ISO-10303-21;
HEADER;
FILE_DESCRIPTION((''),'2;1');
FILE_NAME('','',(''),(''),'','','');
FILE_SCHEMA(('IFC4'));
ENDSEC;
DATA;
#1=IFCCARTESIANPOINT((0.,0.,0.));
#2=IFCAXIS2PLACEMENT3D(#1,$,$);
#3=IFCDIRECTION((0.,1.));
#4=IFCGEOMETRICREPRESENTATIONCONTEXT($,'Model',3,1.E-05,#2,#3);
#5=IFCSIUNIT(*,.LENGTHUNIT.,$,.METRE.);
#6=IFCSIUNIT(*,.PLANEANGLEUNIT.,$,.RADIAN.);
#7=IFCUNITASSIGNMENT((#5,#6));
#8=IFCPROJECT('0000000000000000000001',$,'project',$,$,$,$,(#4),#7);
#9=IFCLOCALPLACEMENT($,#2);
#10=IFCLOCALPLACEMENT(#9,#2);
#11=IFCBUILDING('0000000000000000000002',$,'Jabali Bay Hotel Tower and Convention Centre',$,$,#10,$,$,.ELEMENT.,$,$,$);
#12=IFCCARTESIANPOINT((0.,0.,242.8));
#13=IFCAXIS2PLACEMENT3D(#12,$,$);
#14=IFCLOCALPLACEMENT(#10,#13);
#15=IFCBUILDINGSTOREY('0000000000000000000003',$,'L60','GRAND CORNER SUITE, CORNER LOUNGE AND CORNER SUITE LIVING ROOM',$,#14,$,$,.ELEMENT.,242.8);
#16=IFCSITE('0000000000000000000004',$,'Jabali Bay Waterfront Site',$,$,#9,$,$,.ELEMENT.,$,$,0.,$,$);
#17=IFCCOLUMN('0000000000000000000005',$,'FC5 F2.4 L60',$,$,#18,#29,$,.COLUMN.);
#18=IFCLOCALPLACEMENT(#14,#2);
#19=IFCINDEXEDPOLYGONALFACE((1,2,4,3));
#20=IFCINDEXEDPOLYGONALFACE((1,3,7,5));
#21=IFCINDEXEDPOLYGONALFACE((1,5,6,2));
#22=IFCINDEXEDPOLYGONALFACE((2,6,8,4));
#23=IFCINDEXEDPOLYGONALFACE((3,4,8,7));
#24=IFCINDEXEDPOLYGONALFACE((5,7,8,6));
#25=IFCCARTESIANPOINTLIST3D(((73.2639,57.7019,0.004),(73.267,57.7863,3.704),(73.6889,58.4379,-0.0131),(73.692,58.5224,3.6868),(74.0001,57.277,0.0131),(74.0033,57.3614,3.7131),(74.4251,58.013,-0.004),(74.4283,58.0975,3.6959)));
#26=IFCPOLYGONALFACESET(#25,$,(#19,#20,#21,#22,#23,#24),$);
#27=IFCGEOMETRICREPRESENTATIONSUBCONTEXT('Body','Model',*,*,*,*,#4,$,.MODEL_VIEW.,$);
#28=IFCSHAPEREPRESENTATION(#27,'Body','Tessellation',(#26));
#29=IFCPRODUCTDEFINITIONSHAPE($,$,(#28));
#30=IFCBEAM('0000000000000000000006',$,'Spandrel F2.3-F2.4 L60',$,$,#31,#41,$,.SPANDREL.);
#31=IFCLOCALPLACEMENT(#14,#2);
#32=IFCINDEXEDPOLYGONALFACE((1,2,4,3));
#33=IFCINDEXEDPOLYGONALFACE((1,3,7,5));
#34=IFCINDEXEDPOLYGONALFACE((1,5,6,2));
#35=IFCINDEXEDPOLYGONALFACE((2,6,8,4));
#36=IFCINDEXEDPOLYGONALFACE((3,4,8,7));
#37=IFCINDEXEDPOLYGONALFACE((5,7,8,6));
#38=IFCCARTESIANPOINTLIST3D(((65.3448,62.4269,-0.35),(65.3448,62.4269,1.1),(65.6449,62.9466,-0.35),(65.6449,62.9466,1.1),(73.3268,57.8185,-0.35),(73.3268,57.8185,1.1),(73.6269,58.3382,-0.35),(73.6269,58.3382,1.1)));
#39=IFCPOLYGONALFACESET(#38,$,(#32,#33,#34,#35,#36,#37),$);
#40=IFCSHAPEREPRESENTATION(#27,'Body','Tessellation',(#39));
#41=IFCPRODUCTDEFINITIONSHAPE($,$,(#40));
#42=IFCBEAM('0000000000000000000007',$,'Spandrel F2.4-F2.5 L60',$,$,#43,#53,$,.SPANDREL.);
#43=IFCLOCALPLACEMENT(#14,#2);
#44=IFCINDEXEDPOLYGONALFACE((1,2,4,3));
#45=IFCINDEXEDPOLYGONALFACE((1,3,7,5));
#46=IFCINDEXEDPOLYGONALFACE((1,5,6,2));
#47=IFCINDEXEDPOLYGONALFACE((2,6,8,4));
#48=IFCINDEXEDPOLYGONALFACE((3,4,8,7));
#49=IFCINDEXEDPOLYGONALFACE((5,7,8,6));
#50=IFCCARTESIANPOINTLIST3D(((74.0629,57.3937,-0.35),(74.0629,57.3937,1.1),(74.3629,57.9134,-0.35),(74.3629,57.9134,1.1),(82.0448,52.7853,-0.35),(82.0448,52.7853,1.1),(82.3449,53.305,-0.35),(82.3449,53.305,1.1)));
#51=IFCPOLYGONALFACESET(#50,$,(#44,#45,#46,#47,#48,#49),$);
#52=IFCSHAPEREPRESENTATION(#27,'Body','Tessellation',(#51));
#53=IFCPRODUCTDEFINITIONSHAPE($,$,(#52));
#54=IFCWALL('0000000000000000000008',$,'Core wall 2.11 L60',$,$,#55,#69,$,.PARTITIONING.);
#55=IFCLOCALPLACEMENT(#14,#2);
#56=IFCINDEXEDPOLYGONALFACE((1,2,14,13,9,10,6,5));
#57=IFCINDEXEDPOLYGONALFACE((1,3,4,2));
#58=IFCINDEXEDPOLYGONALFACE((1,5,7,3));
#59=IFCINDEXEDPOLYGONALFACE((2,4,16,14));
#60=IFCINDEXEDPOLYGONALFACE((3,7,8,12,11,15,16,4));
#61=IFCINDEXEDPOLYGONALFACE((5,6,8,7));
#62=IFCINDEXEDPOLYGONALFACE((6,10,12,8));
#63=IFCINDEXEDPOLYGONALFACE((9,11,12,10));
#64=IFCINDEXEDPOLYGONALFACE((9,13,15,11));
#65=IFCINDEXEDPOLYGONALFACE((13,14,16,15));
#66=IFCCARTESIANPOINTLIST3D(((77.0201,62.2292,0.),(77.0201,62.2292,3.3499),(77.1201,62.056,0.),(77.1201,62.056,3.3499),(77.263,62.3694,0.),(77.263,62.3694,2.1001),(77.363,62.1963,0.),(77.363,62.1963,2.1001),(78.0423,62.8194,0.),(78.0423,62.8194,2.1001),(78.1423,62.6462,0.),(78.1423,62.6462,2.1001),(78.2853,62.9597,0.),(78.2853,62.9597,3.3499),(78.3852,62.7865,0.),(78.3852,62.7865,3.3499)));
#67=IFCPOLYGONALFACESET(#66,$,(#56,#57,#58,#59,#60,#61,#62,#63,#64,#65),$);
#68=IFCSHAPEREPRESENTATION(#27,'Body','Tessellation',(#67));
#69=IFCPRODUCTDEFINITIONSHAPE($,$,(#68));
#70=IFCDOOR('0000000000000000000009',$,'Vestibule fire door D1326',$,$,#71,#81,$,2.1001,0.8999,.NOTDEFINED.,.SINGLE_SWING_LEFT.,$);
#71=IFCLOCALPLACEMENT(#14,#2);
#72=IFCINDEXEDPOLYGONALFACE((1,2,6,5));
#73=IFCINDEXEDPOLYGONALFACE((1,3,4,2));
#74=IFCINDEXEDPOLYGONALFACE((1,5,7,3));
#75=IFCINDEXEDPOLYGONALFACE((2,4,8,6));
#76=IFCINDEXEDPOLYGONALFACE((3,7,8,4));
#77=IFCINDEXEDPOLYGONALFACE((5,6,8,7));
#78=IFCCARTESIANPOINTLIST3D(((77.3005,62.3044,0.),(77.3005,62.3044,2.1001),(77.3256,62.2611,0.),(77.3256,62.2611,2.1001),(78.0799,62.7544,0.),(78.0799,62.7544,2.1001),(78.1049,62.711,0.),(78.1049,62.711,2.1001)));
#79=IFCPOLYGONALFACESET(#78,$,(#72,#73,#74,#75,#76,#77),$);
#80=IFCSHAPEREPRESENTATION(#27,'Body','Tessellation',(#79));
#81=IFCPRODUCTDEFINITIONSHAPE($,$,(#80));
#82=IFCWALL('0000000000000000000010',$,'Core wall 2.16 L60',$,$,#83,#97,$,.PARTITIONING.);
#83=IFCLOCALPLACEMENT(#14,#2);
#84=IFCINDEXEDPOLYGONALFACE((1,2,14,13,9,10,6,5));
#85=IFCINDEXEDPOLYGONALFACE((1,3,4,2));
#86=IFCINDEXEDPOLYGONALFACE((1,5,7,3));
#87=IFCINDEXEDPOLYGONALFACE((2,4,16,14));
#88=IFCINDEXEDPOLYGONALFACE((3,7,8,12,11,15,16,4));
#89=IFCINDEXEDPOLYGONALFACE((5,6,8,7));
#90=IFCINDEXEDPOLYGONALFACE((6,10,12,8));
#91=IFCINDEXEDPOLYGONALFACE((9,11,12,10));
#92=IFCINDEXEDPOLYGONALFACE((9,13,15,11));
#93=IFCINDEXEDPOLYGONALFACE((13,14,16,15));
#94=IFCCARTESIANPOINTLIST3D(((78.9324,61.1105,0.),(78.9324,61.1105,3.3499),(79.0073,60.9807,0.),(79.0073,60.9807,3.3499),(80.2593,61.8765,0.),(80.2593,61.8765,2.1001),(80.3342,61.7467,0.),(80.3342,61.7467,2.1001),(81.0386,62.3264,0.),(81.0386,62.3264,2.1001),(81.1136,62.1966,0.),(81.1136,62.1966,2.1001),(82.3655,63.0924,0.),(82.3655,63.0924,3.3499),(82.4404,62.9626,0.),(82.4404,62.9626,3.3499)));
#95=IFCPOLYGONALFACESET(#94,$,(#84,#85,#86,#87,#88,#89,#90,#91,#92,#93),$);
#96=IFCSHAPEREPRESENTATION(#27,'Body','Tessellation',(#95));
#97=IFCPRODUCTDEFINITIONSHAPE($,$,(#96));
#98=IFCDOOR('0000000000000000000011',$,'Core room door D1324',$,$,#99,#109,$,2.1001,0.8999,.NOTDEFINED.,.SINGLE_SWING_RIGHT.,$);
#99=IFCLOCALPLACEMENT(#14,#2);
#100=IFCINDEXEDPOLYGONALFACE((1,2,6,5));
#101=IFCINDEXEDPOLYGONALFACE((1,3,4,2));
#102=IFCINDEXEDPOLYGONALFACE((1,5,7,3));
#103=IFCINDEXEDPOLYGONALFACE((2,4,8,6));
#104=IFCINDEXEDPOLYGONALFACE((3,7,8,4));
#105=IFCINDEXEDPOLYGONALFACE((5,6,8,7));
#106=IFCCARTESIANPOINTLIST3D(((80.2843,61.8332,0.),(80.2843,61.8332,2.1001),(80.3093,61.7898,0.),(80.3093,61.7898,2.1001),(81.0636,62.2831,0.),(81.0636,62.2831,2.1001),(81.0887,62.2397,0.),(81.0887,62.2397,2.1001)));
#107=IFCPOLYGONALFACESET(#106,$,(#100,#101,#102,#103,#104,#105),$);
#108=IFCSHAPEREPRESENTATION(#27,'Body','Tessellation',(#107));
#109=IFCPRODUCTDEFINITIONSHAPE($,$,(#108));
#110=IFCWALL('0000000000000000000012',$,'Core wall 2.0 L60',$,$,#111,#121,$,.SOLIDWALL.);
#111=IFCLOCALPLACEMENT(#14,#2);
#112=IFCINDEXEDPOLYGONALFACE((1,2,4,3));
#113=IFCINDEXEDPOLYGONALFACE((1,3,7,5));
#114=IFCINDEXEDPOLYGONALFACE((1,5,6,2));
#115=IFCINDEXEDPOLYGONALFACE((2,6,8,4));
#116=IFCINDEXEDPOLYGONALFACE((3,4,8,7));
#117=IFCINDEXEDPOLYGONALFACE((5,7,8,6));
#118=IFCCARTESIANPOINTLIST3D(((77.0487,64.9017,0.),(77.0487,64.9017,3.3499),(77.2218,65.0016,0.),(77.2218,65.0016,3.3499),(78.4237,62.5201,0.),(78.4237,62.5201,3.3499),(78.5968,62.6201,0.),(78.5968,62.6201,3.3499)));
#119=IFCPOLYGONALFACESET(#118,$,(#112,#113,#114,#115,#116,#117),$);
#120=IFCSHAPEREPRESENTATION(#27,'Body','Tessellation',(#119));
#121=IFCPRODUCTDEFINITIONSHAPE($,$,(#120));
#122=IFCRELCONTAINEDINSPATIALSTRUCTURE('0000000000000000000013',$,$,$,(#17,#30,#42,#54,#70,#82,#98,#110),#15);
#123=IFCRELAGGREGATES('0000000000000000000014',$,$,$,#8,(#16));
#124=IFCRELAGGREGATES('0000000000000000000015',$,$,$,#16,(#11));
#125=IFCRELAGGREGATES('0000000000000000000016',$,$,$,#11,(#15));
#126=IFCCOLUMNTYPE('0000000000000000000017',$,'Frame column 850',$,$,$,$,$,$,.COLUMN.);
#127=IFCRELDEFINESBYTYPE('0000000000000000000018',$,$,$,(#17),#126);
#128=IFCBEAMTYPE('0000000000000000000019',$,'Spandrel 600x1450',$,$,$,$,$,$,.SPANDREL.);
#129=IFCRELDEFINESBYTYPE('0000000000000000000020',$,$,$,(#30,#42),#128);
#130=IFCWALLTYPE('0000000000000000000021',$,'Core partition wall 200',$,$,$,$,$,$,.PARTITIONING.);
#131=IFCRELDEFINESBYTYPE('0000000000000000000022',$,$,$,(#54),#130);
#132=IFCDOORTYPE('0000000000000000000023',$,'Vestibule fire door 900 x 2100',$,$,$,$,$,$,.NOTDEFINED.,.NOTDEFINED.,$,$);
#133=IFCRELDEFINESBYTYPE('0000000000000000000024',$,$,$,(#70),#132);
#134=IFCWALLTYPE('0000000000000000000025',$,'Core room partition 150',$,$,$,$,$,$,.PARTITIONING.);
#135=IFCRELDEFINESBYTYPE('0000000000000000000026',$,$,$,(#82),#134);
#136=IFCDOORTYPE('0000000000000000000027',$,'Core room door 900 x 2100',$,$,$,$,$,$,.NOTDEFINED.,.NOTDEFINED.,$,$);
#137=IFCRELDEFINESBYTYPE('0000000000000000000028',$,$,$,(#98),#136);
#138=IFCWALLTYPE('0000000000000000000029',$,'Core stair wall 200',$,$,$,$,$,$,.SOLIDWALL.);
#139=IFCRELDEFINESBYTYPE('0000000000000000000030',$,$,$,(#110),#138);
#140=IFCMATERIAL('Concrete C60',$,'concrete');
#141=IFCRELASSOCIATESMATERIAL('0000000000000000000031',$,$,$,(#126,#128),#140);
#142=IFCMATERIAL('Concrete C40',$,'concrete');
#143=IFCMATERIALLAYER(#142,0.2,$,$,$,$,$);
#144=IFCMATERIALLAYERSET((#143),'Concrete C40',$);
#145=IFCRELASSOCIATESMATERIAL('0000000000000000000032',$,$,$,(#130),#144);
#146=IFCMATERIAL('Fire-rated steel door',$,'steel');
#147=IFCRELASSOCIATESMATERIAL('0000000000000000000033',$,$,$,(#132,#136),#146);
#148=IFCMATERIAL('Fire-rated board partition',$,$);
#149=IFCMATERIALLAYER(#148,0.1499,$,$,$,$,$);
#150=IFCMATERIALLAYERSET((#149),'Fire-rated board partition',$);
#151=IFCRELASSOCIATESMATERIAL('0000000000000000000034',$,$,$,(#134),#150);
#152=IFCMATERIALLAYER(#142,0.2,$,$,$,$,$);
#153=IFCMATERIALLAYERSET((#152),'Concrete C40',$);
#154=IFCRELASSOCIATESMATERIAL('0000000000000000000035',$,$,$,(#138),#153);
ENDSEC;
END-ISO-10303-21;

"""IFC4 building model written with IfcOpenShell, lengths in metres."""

from ifc_helpers import new_model, si_unit, direction, frame, frame_2d, origin, origin_2d, place, context, subcontext, project, spatial, rectangle, extrude, material, layer, layer_set, material_profile, profile_set, type_object, element, fill, save


model = new_model("IFC4")

# Units and contexts
model_context = context("Model", 3, precision=1e-05, world=origin(), true_north=direction((0.0, 1.0)))
body_context = subcontext(model_context, "Body", "Model", "MODEL_VIEW")
ifc_project = project(units=[si_unit("LENGTHUNIT", "METRE"), si_unit("PLANEANGLEUNIT", "RADIAN")], contexts=[model_context])

# Site, building, storey
site_placement = place(None, origin())
site = spatial("IfcSite", under=ifc_project, at=site_placement, Name="Jabali Bay Waterfront Site", CompositionType="ELEMENT", RefElevation=0.0)
building_placement = place(site_placement, origin())
building = spatial("IfcBuilding", under=site, at=building_placement, Name="Jabali Bay Hotel Tower and Convention Centre", CompositionType="ELEMENT")
storey_placement = place(building_placement, frame((0.0, 0.0, 242.8)))
storey = spatial("IfcBuildingStorey", under=building, at=storey_placement, Name="L60", Description="GRAND CORNER SUITE, CORNER LOUNGE AND CORNER SUITE LIVING ROOM", CompositionType="ELEMENT", Elevation=242.8)

# Column
ifc_material_1 = material(Name="Concrete C60", Category="concrete")
ifc_material_profile_1 = material_profile(ifc_material_1, rectangle(XDim=0.8501, YDim=0.8501, at=origin_2d()), Name="Frame column 850")
ifc_profile_set_1 = profile_set([ifc_material_profile_1], Name="Concrete C60")
column_type = type_object("IfcColumnType", Name="Frame column 850", PredefinedType="COLUMN", material=ifc_profile_set_1)
column_placement = place(storey_placement, frame((73.8445, 57.8574, 0.0), z_axis=(0.000858, 0.022825, 0.999739), x_axis=(-0.499949, -0.865819, 0.020196)))
element("IfcColumn", 1, at=column_placement, inside=storey, type_object=column_type, Name="FC5 F2.4 L60", PredefinedType="COLUMN", context=body_context, shape_type="SweptSolid", body=[
    extrude(rectangle(XDim=0.8501, YDim=0.8501, at=origin_2d()), origin(), (0.0, 0.0, 1.0), 3.7009),
])

# Beams
ifc_material_profile_2 = material_profile(ifc_material_1, rectangle(XDim=0.6001, YDim=1.45, at=origin_2d()), Name="Spandrel 600x1450")
ifc_profile_set_2 = profile_set([ifc_material_profile_2], Name="Concrete C60")
beam_type = type_object("IfcBeamType", Name="Spandrel 600x1450", PredefinedType="SPANDREL", material=ifc_profile_set_2)
for number, where, z_axis, x_axis, name in (
    (2, (65.4949, 62.6868, 0.375), (0.866024, -0.500002, 0.0), (0.500002, 0.866024, 0.0), "Spandrel F2.3-F2.4 L60"),
    (3, (74.2129, 57.6536, 0.375), (0.866024, -0.500002, 0.0), (0.500002, 0.866024, 0.0), "Spandrel F2.4-F2.5 L60"),
):
    element("IfcBeam", number, at=place(storey_placement, frame(where, z_axis=z_axis, x_axis=x_axis)), inside=storey, type_object=beam_type, Name=name, PredefinedType="SPANDREL", context=body_context, shape_type="SweptSolid", body=[
        extrude(rectangle(XDim=0.6001, YDim=1.45, at=origin_2d()), origin(), (0.0, 0.0, 1.0), 9.2168),
    ])

# Walls, openings, doors
ifc_material_2 = material(Name="Concrete C40", Category="concrete")
ifc_layer_1 = layer(ifc_material_2, 0.2)
ifc_layer_set_1 = layer_set([ifc_layer_1], Name="Concrete C40")
wall_type_1 = type_object("IfcWallType", Name="Core partition wall 200", PredefinedType="PARTITIONING", material=ifc_layer_set_1)
wall_1_placement = place(storey_placement, frame((77.0701, 62.1426, 0.0), z_axis=(0.0, 0.0, 1.0), x_axis=(0.866013, 0.500021, 0.0)))
wall_1 = element("IfcWall", 4, at=wall_1_placement, inside=storey, type_object=wall_type_1, Name="Core wall 2.11 L60", PredefinedType="PARTITIONING", context=body_context, shape_type="SweptSolid", body=[
    extrude(rectangle(XDim=1.4609, YDim=0.2, at=frame_2d((0.7305, 0.0))), origin(), (0.0, 0.0, 1.0), 3.3499),
])
opening_1_placement = place(wall_1_placement, frame((0.2805, 0.0, 0.0)))
opening_1 = element("IfcOpeningElement", 5, at=opening_1_placement, cuts=wall_1, PredefinedType="OPENING", context=body_context, shape_type="SweptSolid", body=[
    extrude(rectangle(XDim=0.8999, YDim=2.1001, at=frame_2d((0.45, 1.05))), frame((0.0, 0.1104, 0.0), z_axis=(0.0, -1.0, 0.0), x_axis=(1.0, 0.0, 0.0)), (0.0, 0.0, 1.0), 0.2209),
])
ifc_material_3 = material(Name="Fire-rated steel door", Category="steel")
door_type_1 = type_object("IfcDoorType", Name="Vestibule fire door 900 x 2100", OperationType="NOTDEFINED", PredefinedType="NOTDEFINED", material=ifc_material_3)
door_1_placement = place(opening_1_placement, origin())
door_1 = element("IfcDoor", 6, at=door_1_placement, inside=storey, type_object=door_type_1, Name="Vestibule fire door D1326", OperationType="SINGLE_SWING_LEFT", OverallHeight=2.1001, OverallWidth=0.8999, PredefinedType="NOTDEFINED", context=body_context, shape_type="SweptSolid", body=[
    extrude(rectangle(XDim=0.8999, YDim=2.1001, at=frame_2d((0.45, 1.05))), frame((0.0, 0.0249, 0.0), z_axis=(0.0, -1.0, 0.0), x_axis=(1.0, 0.0, 0.0)), (0.0, 0.0, 1.0), 0.05),
])
fill(opening_1, door_1)
ifc_material_4 = material(Name="Fire-rated board partition")
ifc_layer_2 = layer(ifc_material_4, 0.1499)
ifc_layer_set_2 = layer_set([ifc_layer_2], Name="Fire-rated board partition")
wall_type_2 = type_object("IfcWallType", Name="Core room partition 150", PredefinedType="PARTITIONING", material=ifc_layer_set_2)
wall_2_placement = place(storey_placement, frame((78.97, 61.0457, 0.0), z_axis=(0.0, 0.0, 1.0), x_axis=(0.866044, 0.499968, 0.0)))
wall_2 = element("IfcWall", 7, at=wall_2_placement, inside=storey, type_object=wall_type_2, Name="Core wall 2.16 L60", PredefinedType="PARTITIONING", context=body_context, shape_type="SweptSolid", body=[
    extrude(rectangle(XDim=3.9641, YDim=0.1499, at=frame_2d((1.9819, 0.0))), origin(), (0.0, 0.0, 1.0), 3.3499),
])
opening_2_placement = place(wall_2_placement, frame((1.532, 0.0, 0.0)))
opening_2 = element("IfcOpeningElement", 8, at=opening_2_placement, cuts=wall_2, PredefinedType="OPENING", context=body_context, shape_type="SweptSolid", body=[
    extrude(rectangle(XDim=0.8999, YDim=2.1001, at=frame_2d((0.45, 1.05))), frame((0.0, 0.0854, 0.0), z_axis=(0.0, -1.0, 0.0), x_axis=(1.0, 0.0, 0.0)), (0.0, 0.0, 1.0), 0.1709),
])
door_type_2 = type_object("IfcDoorType", Name="Core room door 900 x 2100", OperationType="NOTDEFINED", PredefinedType="NOTDEFINED", material=ifc_material_3)
door_2_placement = place(opening_2_placement, origin())
door_2 = element("IfcDoor", 9, at=door_2_placement, inside=storey, type_object=door_type_2, Name="Core room door D1324", OperationType="SINGLE_SWING_RIGHT", OverallHeight=2.1001, OverallWidth=0.8999, PredefinedType="NOTDEFINED", context=body_context, shape_type="SweptSolid", body=[
    extrude(rectangle(XDim=0.8999, YDim=2.1001, at=frame_2d((0.45, 1.05))), frame((0.0, 0.0249, 0.0), z_axis=(0.0, -1.0, 0.0), x_axis=(1.0, 0.0, 0.0)), (0.0, 0.0, 1.0), 0.05),
])
fill(opening_2, door_2)

# Wall
ifc_layer_3 = layer(ifc_material_2, 0.2)
ifc_layer_set_3 = layer_set([ifc_layer_3], Name="Concrete C40")
wall_type_3 = type_object("IfcWallType", Name="Core stair wall 200", PredefinedType="SOLIDWALL", material=ifc_layer_set_3)
wall_3_placement = place(storey_placement, frame((77.1353, 64.9517, 0.0), z_axis=(0.0, 0.0, 1.0), x_axis=(0.499997, -0.866027, 0.0)))
element("IfcWall", 10, at=wall_3_placement, inside=storey, type_object=wall_type_3, Name="Core wall 2.0 L60", PredefinedType="SOLIDWALL", context=body_context, shape_type="SweptSolid", body=[
    extrude(rectangle(XDim=2.75, YDim=0.2, at=frame_2d((1.375, 0.0))), origin(), (0.0, 0.0, 1.0), 3.3499),
])

save(model, "model.ifc")
